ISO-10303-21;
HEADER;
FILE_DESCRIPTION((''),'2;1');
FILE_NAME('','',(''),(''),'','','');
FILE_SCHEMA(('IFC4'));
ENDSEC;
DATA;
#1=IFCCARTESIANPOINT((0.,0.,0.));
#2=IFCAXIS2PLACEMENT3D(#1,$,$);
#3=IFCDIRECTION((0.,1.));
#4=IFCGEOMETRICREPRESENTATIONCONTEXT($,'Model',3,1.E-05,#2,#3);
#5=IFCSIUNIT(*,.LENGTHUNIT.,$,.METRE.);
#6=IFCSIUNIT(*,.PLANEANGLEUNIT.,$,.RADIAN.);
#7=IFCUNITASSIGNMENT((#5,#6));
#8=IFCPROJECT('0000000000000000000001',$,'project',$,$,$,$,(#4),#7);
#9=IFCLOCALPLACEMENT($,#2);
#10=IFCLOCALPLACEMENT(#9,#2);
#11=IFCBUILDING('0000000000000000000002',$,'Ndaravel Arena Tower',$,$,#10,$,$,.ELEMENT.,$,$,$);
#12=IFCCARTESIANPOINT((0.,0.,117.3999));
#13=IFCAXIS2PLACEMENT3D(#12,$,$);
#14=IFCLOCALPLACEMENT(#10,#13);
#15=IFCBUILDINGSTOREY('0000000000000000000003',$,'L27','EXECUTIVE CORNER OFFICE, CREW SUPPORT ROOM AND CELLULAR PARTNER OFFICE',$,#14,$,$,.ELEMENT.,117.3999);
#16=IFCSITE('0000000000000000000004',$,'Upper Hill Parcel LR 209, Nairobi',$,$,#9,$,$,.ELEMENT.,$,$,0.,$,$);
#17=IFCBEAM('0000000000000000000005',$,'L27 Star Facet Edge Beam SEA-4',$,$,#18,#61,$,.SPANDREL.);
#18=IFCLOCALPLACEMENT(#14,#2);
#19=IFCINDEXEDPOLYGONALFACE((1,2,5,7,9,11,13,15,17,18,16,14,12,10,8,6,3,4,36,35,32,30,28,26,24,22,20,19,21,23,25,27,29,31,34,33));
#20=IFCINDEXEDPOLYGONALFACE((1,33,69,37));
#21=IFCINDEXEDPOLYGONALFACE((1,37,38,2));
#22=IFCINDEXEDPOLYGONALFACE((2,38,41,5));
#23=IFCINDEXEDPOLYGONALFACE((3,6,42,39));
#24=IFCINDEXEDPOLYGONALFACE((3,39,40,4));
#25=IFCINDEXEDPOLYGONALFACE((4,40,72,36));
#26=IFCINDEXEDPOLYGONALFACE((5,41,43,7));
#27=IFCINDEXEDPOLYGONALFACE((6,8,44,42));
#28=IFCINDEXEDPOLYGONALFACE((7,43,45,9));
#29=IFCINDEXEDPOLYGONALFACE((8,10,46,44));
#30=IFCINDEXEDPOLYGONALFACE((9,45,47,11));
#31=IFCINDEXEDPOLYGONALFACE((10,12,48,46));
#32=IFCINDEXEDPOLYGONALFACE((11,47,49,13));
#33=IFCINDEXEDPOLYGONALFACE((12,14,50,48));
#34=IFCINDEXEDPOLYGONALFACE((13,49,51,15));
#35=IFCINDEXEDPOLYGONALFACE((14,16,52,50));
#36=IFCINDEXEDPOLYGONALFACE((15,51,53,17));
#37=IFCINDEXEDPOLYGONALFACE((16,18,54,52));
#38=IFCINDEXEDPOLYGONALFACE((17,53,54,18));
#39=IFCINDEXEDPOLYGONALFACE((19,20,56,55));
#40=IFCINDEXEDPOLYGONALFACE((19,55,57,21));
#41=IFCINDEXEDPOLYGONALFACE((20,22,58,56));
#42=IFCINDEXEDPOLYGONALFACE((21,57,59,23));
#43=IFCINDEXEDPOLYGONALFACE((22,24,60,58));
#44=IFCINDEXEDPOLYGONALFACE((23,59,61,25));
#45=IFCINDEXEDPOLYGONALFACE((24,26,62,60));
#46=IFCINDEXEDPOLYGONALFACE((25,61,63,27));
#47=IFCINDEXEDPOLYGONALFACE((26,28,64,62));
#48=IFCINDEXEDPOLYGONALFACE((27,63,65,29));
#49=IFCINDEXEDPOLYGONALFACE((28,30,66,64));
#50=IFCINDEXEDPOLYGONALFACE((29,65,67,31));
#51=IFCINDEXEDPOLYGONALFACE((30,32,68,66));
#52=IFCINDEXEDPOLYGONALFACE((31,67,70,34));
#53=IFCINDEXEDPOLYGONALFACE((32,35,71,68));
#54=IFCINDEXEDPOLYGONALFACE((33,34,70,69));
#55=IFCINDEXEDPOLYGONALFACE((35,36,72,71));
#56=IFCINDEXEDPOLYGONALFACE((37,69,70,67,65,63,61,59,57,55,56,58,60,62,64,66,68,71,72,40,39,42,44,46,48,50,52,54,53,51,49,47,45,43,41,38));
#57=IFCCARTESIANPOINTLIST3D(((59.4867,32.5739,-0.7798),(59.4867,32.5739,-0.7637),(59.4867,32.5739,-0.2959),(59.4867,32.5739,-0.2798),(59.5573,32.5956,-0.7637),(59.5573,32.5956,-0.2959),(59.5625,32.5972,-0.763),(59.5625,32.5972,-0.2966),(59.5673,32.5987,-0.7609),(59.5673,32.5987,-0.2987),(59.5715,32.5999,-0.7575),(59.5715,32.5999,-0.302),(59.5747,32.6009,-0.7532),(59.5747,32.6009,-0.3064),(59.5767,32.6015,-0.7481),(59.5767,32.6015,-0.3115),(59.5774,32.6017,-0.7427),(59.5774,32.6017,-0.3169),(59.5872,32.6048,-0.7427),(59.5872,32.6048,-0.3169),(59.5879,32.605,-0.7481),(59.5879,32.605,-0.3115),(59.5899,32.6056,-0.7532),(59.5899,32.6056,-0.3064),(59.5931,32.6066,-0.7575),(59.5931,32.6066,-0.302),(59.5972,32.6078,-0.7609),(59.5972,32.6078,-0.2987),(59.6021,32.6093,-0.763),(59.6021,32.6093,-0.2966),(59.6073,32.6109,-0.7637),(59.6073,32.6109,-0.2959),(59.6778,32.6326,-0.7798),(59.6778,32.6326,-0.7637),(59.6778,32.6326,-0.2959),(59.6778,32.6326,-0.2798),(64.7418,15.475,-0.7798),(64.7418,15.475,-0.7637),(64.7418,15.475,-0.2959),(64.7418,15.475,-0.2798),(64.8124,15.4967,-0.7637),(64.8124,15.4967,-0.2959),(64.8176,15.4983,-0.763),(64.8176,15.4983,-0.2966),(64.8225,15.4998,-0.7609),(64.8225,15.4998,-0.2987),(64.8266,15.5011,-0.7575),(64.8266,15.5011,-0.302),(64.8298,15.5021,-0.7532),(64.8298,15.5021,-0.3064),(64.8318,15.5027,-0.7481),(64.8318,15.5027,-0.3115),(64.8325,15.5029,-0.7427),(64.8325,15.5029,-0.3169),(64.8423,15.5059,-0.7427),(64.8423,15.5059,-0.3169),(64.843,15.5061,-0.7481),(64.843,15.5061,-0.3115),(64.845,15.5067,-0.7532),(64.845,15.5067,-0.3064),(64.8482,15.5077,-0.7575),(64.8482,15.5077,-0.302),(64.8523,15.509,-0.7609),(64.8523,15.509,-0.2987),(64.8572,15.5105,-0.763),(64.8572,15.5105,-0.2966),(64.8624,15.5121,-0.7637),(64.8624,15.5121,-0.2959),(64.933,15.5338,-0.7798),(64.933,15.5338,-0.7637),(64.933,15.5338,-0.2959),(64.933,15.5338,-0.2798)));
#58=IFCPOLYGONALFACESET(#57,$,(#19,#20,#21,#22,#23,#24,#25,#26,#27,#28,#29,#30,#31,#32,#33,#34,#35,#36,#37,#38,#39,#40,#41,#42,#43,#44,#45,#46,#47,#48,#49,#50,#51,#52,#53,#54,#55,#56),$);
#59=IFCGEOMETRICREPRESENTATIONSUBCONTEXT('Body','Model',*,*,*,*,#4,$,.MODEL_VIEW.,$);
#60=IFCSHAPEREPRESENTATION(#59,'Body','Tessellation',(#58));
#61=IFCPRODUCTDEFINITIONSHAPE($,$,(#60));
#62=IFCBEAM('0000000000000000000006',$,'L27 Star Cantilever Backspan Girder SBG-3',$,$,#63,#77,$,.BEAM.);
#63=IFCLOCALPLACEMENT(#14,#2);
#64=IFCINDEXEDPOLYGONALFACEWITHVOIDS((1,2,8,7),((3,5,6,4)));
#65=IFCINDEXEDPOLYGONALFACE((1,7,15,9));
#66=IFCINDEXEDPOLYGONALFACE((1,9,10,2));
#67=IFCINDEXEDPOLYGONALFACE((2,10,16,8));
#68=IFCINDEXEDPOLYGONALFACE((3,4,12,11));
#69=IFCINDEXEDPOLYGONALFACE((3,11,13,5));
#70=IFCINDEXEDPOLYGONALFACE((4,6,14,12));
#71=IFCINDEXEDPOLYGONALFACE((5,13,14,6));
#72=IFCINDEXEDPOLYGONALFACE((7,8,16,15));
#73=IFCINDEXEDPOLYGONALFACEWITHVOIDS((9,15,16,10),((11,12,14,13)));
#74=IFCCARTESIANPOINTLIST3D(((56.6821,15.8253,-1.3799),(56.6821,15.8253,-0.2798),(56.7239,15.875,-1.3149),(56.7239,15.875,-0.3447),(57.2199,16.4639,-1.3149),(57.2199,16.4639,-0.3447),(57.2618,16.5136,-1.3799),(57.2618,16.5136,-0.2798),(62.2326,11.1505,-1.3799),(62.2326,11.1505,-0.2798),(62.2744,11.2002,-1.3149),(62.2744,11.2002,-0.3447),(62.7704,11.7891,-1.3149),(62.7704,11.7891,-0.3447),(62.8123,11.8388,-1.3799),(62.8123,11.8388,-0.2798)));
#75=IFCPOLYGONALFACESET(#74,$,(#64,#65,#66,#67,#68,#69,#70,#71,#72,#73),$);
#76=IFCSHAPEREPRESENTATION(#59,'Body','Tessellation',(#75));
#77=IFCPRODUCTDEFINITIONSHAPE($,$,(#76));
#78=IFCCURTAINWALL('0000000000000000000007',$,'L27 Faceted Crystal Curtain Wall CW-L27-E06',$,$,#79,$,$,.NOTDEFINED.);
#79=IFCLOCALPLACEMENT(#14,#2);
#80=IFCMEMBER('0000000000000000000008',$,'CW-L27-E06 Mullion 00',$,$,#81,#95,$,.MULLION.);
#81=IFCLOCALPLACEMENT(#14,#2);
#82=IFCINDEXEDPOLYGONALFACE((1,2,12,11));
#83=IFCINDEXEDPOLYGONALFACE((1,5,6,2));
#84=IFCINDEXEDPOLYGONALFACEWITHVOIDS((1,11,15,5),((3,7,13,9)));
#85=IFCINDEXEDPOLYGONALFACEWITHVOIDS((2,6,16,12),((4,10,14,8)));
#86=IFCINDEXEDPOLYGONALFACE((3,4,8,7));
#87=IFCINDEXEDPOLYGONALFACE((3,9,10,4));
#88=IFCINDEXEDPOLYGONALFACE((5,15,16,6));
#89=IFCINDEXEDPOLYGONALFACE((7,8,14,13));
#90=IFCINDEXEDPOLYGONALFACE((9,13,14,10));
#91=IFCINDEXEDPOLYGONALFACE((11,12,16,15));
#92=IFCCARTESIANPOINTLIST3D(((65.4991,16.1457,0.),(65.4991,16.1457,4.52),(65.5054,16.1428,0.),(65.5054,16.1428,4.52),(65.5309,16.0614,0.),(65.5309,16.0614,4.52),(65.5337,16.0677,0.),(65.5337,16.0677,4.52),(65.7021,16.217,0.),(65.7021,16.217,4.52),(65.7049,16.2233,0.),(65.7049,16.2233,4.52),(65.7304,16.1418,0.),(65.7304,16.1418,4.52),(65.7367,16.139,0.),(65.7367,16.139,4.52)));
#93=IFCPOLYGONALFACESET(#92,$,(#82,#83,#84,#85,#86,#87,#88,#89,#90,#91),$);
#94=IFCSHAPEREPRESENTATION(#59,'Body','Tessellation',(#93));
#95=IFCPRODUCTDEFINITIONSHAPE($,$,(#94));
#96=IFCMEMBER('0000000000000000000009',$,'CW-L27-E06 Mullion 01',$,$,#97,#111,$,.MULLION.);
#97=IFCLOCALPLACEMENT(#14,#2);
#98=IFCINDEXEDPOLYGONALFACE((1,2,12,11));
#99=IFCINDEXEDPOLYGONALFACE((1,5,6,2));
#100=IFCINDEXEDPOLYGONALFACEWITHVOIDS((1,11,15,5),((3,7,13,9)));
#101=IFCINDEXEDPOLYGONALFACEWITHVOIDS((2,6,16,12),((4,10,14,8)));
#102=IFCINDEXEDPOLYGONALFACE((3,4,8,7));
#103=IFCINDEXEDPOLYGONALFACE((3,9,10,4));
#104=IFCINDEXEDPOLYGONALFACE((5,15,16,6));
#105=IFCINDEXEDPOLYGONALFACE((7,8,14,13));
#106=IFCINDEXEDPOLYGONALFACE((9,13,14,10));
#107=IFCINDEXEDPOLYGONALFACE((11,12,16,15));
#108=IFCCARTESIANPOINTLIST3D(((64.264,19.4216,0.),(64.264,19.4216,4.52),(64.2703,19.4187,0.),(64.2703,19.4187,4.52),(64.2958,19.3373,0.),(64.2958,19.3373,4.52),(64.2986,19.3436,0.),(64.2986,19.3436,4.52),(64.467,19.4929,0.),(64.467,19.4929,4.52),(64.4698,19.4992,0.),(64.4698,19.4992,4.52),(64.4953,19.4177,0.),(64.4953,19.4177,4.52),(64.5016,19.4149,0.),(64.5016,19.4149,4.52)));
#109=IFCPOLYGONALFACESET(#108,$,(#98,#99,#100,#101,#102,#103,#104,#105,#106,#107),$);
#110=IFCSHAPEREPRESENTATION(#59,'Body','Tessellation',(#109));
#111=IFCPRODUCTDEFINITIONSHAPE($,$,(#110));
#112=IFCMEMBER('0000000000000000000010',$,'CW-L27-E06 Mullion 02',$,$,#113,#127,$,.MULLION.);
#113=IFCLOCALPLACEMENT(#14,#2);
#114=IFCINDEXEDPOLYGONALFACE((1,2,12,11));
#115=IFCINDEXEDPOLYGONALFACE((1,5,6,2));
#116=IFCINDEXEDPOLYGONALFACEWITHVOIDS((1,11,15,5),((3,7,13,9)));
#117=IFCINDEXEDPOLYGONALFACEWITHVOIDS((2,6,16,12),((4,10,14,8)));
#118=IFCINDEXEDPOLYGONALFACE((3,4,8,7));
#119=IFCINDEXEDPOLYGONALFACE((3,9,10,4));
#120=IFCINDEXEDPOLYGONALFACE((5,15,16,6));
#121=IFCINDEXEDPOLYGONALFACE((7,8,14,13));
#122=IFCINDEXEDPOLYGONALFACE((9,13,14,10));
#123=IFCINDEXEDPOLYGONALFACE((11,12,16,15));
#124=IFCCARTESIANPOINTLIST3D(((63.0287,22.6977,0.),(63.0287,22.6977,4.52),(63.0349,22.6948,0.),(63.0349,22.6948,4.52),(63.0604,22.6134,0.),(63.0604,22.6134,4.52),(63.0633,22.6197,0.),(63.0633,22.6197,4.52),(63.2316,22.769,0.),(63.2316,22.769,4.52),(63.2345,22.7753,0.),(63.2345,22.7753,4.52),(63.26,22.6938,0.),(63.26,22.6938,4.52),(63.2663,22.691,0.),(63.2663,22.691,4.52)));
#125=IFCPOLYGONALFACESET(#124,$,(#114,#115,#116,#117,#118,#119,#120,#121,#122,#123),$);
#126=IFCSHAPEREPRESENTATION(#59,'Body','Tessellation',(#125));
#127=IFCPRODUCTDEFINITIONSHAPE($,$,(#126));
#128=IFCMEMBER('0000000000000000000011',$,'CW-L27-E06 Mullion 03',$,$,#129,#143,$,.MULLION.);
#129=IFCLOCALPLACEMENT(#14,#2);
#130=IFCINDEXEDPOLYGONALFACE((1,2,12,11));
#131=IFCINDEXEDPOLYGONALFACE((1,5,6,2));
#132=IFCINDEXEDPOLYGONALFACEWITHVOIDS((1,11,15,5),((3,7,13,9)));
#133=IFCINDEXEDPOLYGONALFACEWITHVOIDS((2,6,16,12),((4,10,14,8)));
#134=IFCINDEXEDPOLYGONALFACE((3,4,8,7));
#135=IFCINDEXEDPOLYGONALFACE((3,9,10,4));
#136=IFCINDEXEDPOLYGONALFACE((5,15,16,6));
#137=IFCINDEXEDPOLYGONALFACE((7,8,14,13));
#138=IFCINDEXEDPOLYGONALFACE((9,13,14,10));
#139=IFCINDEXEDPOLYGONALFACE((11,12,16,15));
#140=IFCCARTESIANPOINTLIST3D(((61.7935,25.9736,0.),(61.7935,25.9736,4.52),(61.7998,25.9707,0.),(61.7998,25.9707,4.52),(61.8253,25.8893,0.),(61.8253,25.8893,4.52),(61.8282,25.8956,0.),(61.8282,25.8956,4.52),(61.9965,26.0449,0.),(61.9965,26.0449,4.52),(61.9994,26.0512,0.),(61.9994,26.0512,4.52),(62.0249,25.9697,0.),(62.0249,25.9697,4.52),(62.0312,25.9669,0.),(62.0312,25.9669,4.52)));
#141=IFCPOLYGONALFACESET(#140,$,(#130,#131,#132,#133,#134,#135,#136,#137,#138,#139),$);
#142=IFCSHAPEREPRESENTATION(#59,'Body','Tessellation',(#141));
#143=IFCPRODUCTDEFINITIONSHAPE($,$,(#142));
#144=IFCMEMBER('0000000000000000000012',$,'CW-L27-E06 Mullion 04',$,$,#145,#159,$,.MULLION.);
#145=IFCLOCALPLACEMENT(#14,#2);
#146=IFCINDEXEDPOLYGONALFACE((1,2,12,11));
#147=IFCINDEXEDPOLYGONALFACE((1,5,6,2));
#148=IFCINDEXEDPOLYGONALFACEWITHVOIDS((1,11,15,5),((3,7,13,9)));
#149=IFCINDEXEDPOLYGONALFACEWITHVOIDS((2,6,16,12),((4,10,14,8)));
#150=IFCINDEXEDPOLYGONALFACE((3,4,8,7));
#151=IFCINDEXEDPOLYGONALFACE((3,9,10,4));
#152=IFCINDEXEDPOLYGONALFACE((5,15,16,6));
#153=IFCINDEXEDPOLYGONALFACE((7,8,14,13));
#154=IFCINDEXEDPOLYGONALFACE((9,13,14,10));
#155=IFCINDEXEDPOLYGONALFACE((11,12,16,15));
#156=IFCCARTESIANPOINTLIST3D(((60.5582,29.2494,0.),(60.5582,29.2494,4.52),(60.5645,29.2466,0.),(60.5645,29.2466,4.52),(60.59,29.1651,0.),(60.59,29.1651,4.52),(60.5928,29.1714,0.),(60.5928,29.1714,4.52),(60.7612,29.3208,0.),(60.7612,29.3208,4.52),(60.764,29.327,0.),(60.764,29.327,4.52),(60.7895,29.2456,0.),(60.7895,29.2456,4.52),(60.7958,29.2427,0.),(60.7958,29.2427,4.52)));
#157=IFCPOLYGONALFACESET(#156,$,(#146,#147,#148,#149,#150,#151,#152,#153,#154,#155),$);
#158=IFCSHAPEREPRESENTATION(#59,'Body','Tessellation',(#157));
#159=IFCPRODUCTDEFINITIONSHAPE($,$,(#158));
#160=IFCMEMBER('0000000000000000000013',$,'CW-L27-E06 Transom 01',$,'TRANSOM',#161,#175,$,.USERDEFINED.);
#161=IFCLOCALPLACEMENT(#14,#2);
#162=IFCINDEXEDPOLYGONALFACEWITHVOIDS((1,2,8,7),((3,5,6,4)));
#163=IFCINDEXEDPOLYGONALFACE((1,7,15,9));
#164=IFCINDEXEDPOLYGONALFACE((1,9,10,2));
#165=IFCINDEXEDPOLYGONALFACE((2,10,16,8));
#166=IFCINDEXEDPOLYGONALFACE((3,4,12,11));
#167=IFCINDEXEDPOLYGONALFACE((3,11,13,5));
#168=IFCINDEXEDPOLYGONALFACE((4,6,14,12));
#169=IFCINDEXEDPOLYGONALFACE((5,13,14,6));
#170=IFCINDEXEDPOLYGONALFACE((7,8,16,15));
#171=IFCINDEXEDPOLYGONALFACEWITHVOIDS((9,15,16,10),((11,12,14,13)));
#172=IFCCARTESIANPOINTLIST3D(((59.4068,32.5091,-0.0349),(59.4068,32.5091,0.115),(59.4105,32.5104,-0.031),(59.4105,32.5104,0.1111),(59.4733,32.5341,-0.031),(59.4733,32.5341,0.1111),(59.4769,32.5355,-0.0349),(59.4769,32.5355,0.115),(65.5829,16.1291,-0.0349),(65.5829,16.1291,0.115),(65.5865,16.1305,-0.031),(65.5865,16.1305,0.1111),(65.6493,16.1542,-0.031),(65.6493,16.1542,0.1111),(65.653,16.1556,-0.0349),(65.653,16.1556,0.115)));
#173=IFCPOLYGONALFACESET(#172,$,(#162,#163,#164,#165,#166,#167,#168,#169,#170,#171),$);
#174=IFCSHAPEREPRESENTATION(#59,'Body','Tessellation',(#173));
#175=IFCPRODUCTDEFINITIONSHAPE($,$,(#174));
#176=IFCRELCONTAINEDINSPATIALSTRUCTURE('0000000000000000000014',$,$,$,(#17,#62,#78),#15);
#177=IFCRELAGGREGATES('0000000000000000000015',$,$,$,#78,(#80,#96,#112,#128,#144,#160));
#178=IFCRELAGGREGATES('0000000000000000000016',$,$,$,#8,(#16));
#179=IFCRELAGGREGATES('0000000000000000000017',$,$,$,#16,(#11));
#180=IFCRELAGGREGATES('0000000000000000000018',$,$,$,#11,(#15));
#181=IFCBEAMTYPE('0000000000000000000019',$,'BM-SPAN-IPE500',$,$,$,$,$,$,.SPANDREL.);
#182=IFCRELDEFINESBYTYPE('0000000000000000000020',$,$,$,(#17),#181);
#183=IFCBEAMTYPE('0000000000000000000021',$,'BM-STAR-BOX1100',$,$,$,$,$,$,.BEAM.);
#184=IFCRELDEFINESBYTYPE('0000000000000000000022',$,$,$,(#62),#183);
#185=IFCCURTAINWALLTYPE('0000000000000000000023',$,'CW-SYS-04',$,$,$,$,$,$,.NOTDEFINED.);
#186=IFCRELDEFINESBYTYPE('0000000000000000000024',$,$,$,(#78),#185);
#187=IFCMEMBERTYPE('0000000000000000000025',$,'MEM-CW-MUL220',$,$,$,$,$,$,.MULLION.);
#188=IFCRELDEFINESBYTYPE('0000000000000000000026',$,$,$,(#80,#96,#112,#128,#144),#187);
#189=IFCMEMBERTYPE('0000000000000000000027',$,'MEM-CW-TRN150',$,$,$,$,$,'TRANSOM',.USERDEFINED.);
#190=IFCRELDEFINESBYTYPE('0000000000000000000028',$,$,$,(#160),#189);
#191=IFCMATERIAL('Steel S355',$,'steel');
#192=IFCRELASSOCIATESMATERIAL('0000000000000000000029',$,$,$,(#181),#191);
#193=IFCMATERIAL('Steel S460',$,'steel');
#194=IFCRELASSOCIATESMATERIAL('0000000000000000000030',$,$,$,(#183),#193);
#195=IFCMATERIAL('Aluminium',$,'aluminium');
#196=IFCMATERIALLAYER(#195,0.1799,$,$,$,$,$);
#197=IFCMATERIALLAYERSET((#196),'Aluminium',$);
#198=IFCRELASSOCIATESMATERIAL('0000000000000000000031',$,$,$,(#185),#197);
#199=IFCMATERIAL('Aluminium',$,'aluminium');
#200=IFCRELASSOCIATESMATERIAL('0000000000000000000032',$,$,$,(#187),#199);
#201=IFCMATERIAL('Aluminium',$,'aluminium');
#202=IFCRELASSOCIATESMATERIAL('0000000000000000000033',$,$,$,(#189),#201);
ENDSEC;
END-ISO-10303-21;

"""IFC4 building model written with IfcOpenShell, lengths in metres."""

from ifc_helpers import new_model, si_unit, direction, frame, origin, origin_2d, place, context, subcontext, project, spatial, hollow_rectangle, i_section, extrude, material, layer, layer_set, material_profile, profile_set, type_object, element, aggregate, save


model = new_model("IFC4")

# Units and contexts
model_context = context("Model", 3, precision=1e-05, world=origin(), true_north=direction((0.0, 1.0)))
body_context = subcontext(model_context, "Body", "Model", "MODEL_VIEW")
ifc_project = project(units=[si_unit("LENGTHUNIT", "METRE"), si_unit("PLANEANGLEUNIT", "RADIAN")], contexts=[model_context])

# Site, building, storey
site_placement = place(None, origin())
site = spatial("IfcSite", under=ifc_project, at=site_placement, Name="Upper Hill Parcel LR 209, Nairobi", CompositionType="ELEMENT", RefElevation=0.0)
building_placement = place(site_placement, origin())
building = spatial("IfcBuilding", under=site, at=building_placement, Name="Ndaravel Arena Tower", CompositionType="ELEMENT")
storey_placement = place(building_placement, frame((0.0, 0.0, 117.3999)))
storey = spatial("IfcBuildingStorey", under=building, at=storey_placement, Name="L27", Description="EXECUTIVE CORNER OFFICE, CREW SUPPORT ROOM AND CELLULAR PARTNER OFFICE", CompositionType="ELEMENT", Elevation=117.3999)

# Beams
ifc_material_1 = material(Name="Steel S355", Category="steel")
ifc_material_profile_1 = material_profile(ifc_material_1, i_section(OverallWidth=0.2, OverallDepth=0.5, WebThickness=0.0103, FlangeThickness=0.0161, FilletRadius=0.021, at=origin_2d()), Name="IPE 500")
ifc_profile_set_1 = profile_set([ifc_material_profile_1], Name="Steel S355")
beam_type_1 = type_object("IfcBeamType", Name="BM-SPAN-IPE500", PredefinedType="SPANDREL", material=ifc_profile_set_1)
beam_1_placement = place(storey_placement, frame((64.8374, 15.5044, -0.5298), z_axis=(-0.293776, 0.955874, 0.0), x_axis=(-0.955874, -0.293776, 0.0)))
element("IfcBeam", 1, at=beam_1_placement, inside=storey, type_object=beam_type_1, Name="L27 Star Facet Edge Beam SEA-4", PredefinedType="SPANDREL", context=body_context, shape_type="SweptSolid", body=[
    extrude(i_section(OverallWidth=0.2, OverallDepth=0.5, WebThickness=0.0103, FlangeThickness=0.0161, FilletRadius=0.021, at=origin_2d()), origin(), (0.0, 0.0, 1.0), 17.8882),
])
ifc_material_2 = material(Name="Steel S460", Category="steel")
ifc_material_profile_2 = material_profile(ifc_material_2, hollow_rectangle(XDim=0.8999, YDim=1.1001, WallThickness=0.0649, at=origin_2d()), Name="BOX 1100x900x65")
ifc_profile_set_2 = profile_set([ifc_material_profile_2], Name="Steel S460")
beam_type_2 = type_object("IfcBeamType", Name="BM-STAR-BOX1100", PredefinedType="BEAM", material=ifc_profile_set_2)
beam_2_placement = place(storey_placement, frame((56.9719, 16.1694, -0.8298), z_axis=(0.764866, -0.64419, 0.0), x_axis=(0.64419, 0.764866, 0.0)))
element("IfcBeam", 2, at=beam_2_placement, inside=storey, type_object=beam_type_2, Name="L27 Star Cantilever Backspan Girder SBG-3", PredefinedType="BEAM", context=body_context, shape_type="SweptSolid", body=[
    extrude(hollow_rectangle(XDim=0.8999, YDim=1.1001, WallThickness=0.0649, at=origin_2d()), origin(), (0.0, 0.0, 1.0), 7.2568),
])

# Curtain wall, members
ifc_material_3 = material(Name="Aluminium", Category="aluminium")
ifc_layer_1 = layer(ifc_material_3, 0.1799)
ifc_layer_set_1 = layer_set([ifc_layer_1], Name="Aluminium")
curtain_wall_type = type_object("IfcCurtainWallType", Name="CW-SYS-04", PredefinedType="NOTDEFINED", material=ifc_layer_set_1)
curtain_wall_placement = place(storey_placement, origin())
curtain_wall = element("IfcCurtainWall", 3, at=curtain_wall_placement, inside=storey, type_object=curtain_wall_type, Name="L27 Faceted Crystal Curtain Wall CW-L27-E06", PredefinedType="NOTDEFINED")
ifc_material_4 = material(Name="Aluminium", Category="aluminium")
ifc_material_profile_3 = material_profile(ifc_material_4, hollow_rectangle(XDim=0.0901, YDim=0.22, WallThickness=0.0049, at=origin_2d()), Name="CW MULLION 90x220x5")
ifc_profile_set_3 = profile_set([ifc_material_profile_3], Name="Aluminium")
member_type_1 = type_object("IfcMemberType", Name="MEM-CW-MUL220", PredefinedType="MULLION", material=ifc_profile_set_3)
member_1_placement = place(storey_placement, frame((65.6179, 16.1423, 0.0), z_axis=(0.0, 0.0, 1.0), x_axis=(-0.352805, 0.935697, 0.0)))
member_1 = element("IfcMember", 4, at=member_1_placement, type_object=member_type_1, Name="CW-L27-E06 Mullion 00", PredefinedType="MULLION", context=body_context, shape_type="SweptSolid", body=[
    extrude(hollow_rectangle(XDim=0.0901, YDim=0.22, WallThickness=0.0049, at=origin_2d()), origin(), (0.0, 0.0, 1.0), 4.52),
])
member_2_placement = place(storey_placement, frame((64.3828, 19.4182, 0.0), z_axis=(0.0, 0.0, 1.0), x_axis=(-0.352805, 0.935697, 0.0)))
member_2 = element("IfcMember", 5, at=member_2_placement, type_object=member_type_1, Name="CW-L27-E06 Mullion 01", PredefinedType="MULLION", context=body_context, shape_type="SweptSolid", body=[
    extrude(hollow_rectangle(XDim=0.0901, YDim=0.22, WallThickness=0.0049, at=origin_2d()), origin(), (0.0, 0.0, 1.0), 4.52),
])
member_3_placement = place(storey_placement, frame((63.1475, 22.6943, 0.0), z_axis=(0.0, 0.0, 1.0), x_axis=(-0.352805, 0.935697, 0.0)))
member_3 = element("IfcMember", 6, at=member_3_placement, type_object=member_type_1, Name="CW-L27-E06 Mullion 02", PredefinedType="MULLION", context=body_context, shape_type="SweptSolid", body=[
    extrude(hollow_rectangle(XDim=0.0901, YDim=0.22, WallThickness=0.0049, at=origin_2d()), origin(), (0.0, 0.0, 1.0), 4.52),
])
member_4_placement = place(storey_placement, frame((61.9124, 25.9702, 0.0), z_axis=(0.0, 0.0, 1.0), x_axis=(-0.352805, 0.935697, 0.0)))
member_4 = element("IfcMember", 7, at=member_4_placement, type_object=member_type_1, Name="CW-L27-E06 Mullion 03", PredefinedType="MULLION", context=body_context, shape_type="SweptSolid", body=[
    extrude(hollow_rectangle(XDim=0.0901, YDim=0.22, WallThickness=0.0049, at=origin_2d()), origin(), (0.0, 0.0, 1.0), 4.52),
])
member_5_placement = place(storey_placement, frame((60.677, 29.2461, 0.0), z_axis=(0.0, 0.0, 1.0), x_axis=(-0.352805, 0.935697, 0.0)))
member_5 = element("IfcMember", 8, at=member_5_placement, type_object=member_type_1, Name="CW-L27-E06 Mullion 04", PredefinedType="MULLION", context=body_context, shape_type="SweptSolid", body=[
    extrude(hollow_rectangle(XDim=0.0901, YDim=0.22, WallThickness=0.0049, at=origin_2d()), origin(), (0.0, 0.0, 1.0), 4.52),
])
ifc_material_5 = material(Name="Aluminium", Category="aluminium")
ifc_material_profile_4 = material_profile(ifc_material_5, hollow_rectangle(XDim=0.075, YDim=0.1499, WallThickness=0.0039, at=origin_2d()), Name="CW TRANSOM 75x150x4")
ifc_profile_set_4 = profile_set([ifc_material_profile_4], Name="Aluminium")
member_type_2 = type_object("IfcMemberType", Name="MEM-CW-TRN150", ElementType="TRANSOM", PredefinedType="USERDEFINED", material=ifc_profile_set_4)
member_6_placement = place(storey_placement, frame((65.6179, 16.1423, 0.04), z_axis=(-0.352804, 0.935697, 0.0), x_axis=(-0.935697, -0.352804, 0.0)))
member_6 = element("IfcMember", 9, at=member_6_placement, type_object=member_type_2, Name="CW-L27-E06 Transom 01", ObjectType="TRANSOM", PredefinedType="USERDEFINED", context=body_context, shape_type="SweptSolid", body=[
    extrude(hollow_rectangle(XDim=0.075, YDim=0.1499, WallThickness=0.0039, at=origin_2d()), origin(), (0.0, 0.0, 1.0), 17.5056),
])
aggregate(curtain_wall, [member_1, member_2, member_3, member_4, member_5, member_6])

save(model, "model.ifc")
